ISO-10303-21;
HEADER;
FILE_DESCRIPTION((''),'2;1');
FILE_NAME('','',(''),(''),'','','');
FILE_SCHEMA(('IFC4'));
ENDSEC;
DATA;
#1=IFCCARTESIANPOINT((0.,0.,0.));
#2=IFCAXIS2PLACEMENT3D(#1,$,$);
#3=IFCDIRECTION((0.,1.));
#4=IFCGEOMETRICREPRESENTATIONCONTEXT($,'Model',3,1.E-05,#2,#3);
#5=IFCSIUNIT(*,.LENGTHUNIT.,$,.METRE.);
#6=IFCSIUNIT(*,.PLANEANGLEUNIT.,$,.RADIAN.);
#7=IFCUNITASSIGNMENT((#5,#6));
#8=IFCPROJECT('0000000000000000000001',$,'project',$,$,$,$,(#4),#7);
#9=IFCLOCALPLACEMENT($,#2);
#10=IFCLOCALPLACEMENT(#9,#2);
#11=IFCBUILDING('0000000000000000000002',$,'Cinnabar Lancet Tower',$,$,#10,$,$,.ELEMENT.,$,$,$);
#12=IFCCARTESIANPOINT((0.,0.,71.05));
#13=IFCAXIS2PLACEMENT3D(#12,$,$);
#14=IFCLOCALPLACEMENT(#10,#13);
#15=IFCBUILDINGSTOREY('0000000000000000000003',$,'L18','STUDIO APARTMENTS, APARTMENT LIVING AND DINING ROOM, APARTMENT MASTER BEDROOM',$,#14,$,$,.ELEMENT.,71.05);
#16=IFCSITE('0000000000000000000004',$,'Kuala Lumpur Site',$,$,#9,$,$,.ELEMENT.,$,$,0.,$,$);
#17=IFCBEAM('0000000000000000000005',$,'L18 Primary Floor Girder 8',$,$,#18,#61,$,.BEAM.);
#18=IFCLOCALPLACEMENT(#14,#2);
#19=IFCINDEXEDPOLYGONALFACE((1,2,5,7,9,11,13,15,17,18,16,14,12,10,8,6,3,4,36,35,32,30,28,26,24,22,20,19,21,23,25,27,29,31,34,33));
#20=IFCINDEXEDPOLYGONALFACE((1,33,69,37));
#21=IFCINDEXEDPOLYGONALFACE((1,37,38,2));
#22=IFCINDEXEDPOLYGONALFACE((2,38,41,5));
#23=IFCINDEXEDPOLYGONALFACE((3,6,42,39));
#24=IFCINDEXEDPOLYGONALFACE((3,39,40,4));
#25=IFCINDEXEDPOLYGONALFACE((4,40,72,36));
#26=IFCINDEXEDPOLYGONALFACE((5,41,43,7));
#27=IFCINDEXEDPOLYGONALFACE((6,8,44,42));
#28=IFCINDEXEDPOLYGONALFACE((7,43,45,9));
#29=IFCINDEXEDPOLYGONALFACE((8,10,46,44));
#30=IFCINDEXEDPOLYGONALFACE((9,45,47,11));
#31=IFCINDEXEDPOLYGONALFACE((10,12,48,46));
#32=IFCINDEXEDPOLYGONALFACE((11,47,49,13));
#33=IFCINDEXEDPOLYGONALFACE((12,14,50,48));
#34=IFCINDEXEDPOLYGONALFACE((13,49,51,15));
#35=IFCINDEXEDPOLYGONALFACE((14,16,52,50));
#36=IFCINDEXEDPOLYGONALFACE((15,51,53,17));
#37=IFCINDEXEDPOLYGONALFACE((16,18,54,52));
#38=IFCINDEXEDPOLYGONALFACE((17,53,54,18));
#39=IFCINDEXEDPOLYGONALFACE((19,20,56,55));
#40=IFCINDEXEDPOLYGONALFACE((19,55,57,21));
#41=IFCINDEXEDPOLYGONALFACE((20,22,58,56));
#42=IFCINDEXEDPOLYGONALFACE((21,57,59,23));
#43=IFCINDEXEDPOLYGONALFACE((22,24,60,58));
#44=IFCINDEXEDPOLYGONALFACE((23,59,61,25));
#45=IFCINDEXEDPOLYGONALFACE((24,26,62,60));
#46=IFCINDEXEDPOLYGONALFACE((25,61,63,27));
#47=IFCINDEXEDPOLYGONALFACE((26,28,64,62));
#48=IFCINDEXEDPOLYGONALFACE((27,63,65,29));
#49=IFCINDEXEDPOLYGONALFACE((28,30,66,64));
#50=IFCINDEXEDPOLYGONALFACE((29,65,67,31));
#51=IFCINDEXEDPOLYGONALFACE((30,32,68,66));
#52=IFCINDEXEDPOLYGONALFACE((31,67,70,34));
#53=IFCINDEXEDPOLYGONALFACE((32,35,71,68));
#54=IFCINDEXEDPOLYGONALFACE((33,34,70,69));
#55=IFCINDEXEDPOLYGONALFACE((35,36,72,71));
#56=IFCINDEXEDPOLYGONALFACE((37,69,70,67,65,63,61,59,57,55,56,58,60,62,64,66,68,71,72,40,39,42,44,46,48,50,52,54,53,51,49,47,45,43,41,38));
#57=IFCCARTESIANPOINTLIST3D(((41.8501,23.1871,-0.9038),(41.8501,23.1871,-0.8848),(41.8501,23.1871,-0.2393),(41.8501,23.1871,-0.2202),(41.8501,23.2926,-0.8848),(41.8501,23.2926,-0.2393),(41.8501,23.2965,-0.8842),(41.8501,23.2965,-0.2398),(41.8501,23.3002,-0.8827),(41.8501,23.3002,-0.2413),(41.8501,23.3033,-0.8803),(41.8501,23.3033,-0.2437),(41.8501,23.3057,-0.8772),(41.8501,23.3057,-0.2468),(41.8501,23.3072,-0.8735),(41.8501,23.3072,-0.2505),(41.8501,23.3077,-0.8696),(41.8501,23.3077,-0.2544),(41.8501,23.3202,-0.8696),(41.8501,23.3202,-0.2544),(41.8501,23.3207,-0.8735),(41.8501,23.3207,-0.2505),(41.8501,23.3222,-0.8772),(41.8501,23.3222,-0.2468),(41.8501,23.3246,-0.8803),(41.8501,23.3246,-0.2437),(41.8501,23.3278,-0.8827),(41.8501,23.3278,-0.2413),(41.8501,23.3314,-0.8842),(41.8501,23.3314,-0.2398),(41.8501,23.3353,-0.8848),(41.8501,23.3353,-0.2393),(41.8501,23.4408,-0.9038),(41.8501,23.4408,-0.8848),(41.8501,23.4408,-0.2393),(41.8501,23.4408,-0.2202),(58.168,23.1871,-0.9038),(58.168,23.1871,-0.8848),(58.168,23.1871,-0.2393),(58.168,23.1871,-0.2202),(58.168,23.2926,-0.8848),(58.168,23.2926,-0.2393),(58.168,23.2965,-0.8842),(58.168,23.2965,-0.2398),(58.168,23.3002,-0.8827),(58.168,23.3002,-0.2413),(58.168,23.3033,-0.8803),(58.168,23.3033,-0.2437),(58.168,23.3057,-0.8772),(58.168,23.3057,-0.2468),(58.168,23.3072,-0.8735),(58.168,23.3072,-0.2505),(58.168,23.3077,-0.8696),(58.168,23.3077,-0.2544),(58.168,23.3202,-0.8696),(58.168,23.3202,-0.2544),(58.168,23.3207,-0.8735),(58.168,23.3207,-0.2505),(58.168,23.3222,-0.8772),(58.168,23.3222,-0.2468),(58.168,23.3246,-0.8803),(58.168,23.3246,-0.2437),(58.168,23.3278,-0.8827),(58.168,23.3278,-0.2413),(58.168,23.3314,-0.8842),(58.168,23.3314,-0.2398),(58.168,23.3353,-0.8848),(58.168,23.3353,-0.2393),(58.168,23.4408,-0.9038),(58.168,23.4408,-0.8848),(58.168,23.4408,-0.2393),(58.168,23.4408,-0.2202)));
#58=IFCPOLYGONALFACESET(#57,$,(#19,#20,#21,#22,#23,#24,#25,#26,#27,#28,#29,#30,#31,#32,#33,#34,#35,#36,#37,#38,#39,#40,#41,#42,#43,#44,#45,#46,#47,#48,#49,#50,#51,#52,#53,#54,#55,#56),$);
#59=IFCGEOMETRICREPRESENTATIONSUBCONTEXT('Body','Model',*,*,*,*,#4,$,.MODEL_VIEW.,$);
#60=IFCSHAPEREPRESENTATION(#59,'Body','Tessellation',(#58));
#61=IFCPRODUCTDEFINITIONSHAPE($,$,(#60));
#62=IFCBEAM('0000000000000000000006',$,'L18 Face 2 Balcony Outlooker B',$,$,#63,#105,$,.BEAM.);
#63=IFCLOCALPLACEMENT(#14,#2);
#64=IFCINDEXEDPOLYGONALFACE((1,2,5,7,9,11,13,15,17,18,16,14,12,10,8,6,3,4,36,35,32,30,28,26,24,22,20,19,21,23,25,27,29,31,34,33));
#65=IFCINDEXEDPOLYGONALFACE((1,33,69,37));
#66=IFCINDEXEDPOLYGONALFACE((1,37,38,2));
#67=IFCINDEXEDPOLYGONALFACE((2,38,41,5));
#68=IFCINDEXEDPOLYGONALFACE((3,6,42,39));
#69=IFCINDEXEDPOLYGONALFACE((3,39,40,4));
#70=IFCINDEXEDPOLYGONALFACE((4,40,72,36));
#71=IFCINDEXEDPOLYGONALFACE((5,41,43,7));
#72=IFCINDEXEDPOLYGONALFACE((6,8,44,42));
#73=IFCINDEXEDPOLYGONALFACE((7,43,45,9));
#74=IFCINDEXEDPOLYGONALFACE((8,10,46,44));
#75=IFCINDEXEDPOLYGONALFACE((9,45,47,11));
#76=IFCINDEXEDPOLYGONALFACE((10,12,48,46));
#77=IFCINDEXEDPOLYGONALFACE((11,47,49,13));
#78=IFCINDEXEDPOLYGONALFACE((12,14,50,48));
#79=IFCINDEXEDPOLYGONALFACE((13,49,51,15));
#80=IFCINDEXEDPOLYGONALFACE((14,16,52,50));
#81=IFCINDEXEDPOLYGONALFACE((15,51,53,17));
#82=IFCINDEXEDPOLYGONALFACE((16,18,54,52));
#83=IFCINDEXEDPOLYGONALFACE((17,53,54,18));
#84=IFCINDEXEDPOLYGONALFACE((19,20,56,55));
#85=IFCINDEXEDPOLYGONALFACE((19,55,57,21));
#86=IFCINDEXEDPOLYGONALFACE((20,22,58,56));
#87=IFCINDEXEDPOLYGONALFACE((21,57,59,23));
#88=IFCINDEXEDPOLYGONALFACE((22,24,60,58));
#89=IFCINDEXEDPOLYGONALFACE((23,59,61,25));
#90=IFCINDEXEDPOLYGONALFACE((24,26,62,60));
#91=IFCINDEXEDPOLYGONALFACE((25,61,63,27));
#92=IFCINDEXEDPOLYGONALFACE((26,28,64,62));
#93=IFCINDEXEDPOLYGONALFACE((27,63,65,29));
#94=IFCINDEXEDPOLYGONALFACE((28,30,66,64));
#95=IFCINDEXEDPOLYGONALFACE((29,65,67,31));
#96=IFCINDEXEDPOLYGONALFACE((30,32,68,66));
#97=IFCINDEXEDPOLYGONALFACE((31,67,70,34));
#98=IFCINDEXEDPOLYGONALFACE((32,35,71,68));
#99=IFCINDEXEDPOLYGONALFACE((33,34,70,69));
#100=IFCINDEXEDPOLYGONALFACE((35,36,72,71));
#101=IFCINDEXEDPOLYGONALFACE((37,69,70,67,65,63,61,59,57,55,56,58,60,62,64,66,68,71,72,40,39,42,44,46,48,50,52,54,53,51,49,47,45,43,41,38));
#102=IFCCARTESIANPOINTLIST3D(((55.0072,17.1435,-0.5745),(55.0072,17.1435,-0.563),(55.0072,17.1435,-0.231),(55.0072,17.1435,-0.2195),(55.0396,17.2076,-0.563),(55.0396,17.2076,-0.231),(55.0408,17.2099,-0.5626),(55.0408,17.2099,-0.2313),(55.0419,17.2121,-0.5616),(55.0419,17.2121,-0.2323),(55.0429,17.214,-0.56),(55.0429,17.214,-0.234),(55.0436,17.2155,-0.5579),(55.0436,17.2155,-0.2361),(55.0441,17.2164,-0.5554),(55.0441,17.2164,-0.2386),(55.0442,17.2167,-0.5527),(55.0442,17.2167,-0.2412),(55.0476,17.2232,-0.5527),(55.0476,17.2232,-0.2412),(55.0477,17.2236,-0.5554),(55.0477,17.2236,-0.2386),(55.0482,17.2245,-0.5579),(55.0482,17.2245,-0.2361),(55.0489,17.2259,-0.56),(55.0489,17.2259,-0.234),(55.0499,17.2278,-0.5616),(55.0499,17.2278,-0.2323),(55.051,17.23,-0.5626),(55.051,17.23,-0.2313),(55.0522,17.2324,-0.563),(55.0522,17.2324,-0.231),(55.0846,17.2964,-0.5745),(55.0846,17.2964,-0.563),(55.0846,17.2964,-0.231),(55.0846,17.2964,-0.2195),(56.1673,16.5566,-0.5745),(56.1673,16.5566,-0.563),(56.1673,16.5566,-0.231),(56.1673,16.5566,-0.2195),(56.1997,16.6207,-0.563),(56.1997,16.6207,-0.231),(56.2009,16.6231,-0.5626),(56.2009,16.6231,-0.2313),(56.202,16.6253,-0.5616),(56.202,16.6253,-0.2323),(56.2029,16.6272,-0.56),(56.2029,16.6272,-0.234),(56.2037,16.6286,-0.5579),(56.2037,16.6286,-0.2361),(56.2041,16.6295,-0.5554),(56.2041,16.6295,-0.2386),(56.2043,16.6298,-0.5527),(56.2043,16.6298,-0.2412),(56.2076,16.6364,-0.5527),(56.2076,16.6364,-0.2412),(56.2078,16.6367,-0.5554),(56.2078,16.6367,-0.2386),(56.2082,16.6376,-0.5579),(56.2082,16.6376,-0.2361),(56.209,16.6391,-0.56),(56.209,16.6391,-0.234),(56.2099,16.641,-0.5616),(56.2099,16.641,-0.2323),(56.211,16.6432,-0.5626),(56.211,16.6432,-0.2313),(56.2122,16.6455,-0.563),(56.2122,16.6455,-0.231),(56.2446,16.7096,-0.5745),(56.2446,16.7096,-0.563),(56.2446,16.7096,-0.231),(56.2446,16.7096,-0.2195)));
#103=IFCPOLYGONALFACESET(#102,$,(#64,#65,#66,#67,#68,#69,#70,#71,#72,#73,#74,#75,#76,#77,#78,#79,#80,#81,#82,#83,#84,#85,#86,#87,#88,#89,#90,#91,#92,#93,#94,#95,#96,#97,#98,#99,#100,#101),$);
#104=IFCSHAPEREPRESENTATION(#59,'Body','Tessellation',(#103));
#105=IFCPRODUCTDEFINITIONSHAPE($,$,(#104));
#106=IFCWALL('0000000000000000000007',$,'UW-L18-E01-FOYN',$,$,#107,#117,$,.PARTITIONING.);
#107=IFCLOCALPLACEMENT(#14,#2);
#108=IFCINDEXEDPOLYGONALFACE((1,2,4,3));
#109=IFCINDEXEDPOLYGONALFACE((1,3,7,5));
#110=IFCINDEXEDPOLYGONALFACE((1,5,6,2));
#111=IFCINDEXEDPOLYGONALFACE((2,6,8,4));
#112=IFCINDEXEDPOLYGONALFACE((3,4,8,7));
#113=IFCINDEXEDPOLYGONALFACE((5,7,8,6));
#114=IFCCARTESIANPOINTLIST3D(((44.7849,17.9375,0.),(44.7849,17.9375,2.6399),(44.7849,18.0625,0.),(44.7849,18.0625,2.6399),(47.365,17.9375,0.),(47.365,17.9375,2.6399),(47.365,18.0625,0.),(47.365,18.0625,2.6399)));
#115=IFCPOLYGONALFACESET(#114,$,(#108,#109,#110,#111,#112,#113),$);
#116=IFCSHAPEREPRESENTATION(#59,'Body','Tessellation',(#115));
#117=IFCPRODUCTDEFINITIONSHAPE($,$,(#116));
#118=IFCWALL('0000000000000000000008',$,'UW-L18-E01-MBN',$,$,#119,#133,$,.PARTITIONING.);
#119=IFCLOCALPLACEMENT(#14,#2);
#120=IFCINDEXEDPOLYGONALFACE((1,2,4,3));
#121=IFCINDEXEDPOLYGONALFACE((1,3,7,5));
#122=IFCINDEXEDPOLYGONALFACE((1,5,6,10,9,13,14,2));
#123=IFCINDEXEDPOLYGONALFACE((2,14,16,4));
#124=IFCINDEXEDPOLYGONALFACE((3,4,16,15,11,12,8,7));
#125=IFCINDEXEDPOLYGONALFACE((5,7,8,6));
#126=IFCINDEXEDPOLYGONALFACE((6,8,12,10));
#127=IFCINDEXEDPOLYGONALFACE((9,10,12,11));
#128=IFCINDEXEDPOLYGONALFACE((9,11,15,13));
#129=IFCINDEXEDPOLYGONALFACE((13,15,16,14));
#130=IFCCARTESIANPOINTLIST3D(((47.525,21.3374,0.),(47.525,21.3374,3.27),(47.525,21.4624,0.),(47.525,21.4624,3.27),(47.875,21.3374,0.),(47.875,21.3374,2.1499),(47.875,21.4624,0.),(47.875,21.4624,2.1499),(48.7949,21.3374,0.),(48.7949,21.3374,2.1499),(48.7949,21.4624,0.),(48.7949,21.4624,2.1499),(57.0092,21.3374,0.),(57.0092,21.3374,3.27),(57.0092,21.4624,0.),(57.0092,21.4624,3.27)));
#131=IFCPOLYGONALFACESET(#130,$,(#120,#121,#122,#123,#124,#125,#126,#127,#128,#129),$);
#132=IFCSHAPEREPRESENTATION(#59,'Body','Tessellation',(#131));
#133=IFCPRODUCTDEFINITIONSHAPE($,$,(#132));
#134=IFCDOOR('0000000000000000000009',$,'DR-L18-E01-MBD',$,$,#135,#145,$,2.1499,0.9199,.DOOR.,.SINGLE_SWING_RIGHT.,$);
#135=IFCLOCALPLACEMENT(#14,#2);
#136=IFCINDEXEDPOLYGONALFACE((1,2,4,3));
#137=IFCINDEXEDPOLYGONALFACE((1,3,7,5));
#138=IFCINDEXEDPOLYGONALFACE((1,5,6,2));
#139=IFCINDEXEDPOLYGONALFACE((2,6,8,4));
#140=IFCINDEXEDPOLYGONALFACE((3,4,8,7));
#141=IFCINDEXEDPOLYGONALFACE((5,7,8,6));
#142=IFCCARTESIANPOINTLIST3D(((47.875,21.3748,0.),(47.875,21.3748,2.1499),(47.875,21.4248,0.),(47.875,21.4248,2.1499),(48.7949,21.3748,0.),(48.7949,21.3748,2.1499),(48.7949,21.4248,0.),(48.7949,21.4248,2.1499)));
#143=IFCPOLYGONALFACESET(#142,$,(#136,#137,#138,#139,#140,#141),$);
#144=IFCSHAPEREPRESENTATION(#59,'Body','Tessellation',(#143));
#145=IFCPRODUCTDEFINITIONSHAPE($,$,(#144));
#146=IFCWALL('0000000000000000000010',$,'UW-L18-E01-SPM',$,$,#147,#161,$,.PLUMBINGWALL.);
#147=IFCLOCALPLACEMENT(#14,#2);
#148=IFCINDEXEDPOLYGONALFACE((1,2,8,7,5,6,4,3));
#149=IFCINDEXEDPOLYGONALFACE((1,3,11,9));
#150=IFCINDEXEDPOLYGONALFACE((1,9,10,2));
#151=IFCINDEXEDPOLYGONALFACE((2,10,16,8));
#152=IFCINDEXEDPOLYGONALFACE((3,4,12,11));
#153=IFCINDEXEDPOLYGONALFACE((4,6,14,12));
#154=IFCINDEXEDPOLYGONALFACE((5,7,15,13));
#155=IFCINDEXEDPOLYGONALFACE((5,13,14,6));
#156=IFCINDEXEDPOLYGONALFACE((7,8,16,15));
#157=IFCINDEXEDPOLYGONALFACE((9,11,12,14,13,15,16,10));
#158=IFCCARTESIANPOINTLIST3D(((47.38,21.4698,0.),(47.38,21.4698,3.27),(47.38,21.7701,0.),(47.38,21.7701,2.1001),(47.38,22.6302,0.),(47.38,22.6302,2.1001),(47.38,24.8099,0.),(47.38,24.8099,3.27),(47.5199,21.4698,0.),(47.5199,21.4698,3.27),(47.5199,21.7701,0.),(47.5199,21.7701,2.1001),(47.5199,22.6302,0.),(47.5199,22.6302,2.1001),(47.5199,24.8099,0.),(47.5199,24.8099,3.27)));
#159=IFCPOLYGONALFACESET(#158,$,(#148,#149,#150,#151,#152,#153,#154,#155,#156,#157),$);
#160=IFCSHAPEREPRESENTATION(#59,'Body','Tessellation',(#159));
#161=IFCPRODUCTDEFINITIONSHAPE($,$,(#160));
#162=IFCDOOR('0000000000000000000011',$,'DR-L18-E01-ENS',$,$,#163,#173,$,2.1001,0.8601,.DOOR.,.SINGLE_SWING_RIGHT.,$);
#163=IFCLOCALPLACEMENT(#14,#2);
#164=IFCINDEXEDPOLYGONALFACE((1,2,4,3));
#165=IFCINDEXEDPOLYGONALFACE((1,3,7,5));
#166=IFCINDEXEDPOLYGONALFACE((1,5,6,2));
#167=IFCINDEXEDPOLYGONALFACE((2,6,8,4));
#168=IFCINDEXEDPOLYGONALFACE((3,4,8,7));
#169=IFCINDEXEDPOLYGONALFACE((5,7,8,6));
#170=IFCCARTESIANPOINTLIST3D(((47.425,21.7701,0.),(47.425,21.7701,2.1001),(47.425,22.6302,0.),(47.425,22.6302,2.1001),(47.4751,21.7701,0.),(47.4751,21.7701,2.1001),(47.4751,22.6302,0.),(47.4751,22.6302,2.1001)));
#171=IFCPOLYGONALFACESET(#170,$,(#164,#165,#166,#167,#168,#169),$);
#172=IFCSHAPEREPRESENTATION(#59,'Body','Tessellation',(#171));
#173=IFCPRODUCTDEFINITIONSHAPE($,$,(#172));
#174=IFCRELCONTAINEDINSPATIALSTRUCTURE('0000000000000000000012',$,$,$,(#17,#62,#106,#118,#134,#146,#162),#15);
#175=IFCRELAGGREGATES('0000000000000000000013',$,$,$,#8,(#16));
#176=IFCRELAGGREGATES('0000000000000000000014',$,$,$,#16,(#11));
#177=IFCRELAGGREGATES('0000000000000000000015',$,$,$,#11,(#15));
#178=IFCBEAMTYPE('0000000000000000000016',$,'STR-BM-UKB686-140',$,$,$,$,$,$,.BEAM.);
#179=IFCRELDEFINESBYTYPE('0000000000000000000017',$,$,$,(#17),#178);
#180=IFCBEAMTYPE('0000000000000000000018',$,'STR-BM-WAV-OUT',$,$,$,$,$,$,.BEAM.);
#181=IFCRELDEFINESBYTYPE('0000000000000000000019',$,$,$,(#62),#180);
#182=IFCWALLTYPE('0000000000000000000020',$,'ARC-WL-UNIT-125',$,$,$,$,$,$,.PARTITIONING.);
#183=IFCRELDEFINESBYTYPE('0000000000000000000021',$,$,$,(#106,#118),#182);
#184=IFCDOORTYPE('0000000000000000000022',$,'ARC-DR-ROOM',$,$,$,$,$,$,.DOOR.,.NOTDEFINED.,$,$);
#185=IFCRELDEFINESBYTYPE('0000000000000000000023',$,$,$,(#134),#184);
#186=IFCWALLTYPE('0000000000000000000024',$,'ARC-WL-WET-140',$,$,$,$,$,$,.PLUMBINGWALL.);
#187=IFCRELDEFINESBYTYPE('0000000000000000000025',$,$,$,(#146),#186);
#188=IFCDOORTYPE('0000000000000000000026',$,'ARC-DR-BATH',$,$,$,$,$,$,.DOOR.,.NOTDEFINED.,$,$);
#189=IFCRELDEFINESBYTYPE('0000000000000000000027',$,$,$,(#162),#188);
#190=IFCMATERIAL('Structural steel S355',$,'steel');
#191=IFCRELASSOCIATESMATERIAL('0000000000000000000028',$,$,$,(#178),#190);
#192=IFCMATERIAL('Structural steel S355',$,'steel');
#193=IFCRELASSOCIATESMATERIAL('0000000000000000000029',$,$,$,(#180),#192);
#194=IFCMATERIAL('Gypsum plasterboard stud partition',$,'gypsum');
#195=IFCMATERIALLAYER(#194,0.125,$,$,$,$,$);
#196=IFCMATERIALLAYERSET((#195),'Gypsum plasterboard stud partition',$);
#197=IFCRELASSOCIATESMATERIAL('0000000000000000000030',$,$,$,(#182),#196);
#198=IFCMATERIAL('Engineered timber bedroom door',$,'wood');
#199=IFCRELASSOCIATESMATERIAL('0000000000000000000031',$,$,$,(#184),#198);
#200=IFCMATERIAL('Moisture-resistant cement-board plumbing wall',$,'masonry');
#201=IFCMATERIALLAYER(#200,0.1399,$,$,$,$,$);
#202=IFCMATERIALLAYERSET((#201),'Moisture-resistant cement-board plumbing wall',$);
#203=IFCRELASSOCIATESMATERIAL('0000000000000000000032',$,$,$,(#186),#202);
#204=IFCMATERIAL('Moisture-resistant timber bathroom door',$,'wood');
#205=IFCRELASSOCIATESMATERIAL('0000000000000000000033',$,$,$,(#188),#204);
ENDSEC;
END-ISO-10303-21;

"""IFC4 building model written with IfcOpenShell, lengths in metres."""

from ifc_helpers import new_model, si_unit, direction, frame, frame_2d, origin, origin_2d, place, context, subcontext, project, spatial, rectangle, i_section, extrude, material, layer, layer_set, material_profile, profile_set, type_object, element, fill, save


model = new_model("IFC4")

# Units and contexts
model_context = context("Model", 3, precision=1e-05, world=origin(), true_north=direction((0.0, 1.0)))
body_context = subcontext(model_context, "Body", "Model", "MODEL_VIEW")
ifc_project = project(units=[si_unit("LENGTHUNIT", "METRE"), si_unit("PLANEANGLEUNIT", "RADIAN")], contexts=[model_context])

# Site, building, storey
site_placement = place(None, origin())
site = spatial("IfcSite", under=ifc_project, at=site_placement, Name="Kuala Lumpur Site", CompositionType="ELEMENT", RefElevation=0.0)
building_placement = place(site_placement, origin())
building = spatial("IfcBuilding", under=site, at=building_placement, Name="Cinnabar Lancet Tower", CompositionType="ELEMENT")
storey_placement = place(building_placement, frame((0.0, 0.0, 71.05)))
storey = spatial("IfcBuildingStorey", under=building, at=storey_placement, Name="L18", Description="STUDIO APARTMENTS, APARTMENT LIVING AND DINING ROOM, APARTMENT MASTER BEDROOM", CompositionType="ELEMENT", Elevation=71.05)

# Beams
ifc_material_1 = material(Name="Structural steel S355", Category="steel")
ifc_material_profile_1 = material_profile(ifc_material_1, i_section(OverallWidth=0.2537, OverallDepth=0.6836, WebThickness=0.0125, FlangeThickness=0.019, FilletRadius=0.0151, at=origin_2d()), Name="UKB 686x254x140")
ifc_profile_set_1 = profile_set([ifc_material_profile_1], Name="Structural steel S355")
beam_type_1 = type_object("IfcBeamType", Name="STR-BM-UKB686-140", PredefinedType="BEAM", material=ifc_profile_set_1)
beam_1_placement = place(storey_placement, frame((58.168, 23.314, -0.562), z_axis=(-1.0, 0.0, 0.0), x_axis=(0.0, -1.0, 0.0)))
element("IfcBeam", 1, at=beam_1_placement, inside=storey, type_object=beam_type_1, Name="L18 Primary Floor Girder 8", PredefinedType="BEAM", context=body_context, shape_type="SweptSolid", body=[
    extrude(i_section(OverallWidth=0.2537, OverallDepth=0.6836, WebThickness=0.0125, FlangeThickness=0.019, FilletRadius=0.0151, at=origin_2d()), origin(), (0.0, 0.0, 1.0), 16.3179),
])
ifc_material_2 = material(Name="Structural steel S355", Category="steel")
ifc_material_profile_2 = material_profile(ifc_material_2, i_section(OverallWidth=0.1714, OverallDepth=0.355, WebThickness=0.0073, FlangeThickness=0.0115, FilletRadius=0.0103, at=origin_2d()), Name="UKB 356x171x51")
ifc_profile_set_2 = profile_set([ifc_material_profile_2], Name="Structural steel S355")
beam_type_2 = type_object("IfcBeamType", Name="STR-BM-WAV-OUT", PredefinedType="BEAM", material=ifc_profile_set_2)
beam_2_placement = place(storey_placement, frame((55.0459, 17.22, -0.397), z_axis=(0.892314, -0.451415, 0.0), x_axis=(0.451415, 0.892314, 0.0)))
element("IfcBeam", 2, at=beam_2_placement, inside=storey, type_object=beam_type_2, Name="L18 Face 2 Balcony Outlooker B", PredefinedType="BEAM", context=body_context, shape_type="SweptSolid", body=[
    extrude(i_section(OverallWidth=0.1714, OverallDepth=0.355, WebThickness=0.0073, FlangeThickness=0.0115, FilletRadius=0.0103, at=origin_2d()), origin(), (0.0, 0.0, 1.0), 1.3),
])

# Wall
ifc_material_3 = material(Name="Gypsum plasterboard stud partition", Category="gypsum")
ifc_layer_1 = layer(ifc_material_3, 0.125)
ifc_layer_set_1 = layer_set([ifc_layer_1], Name="Gypsum plasterboard stud partition")
wall_type_1 = type_object("IfcWallType", Name="ARC-WL-UNIT-125", PredefinedType="PARTITIONING", material=ifc_layer_set_1)
wall_1_placement = place(storey_placement, frame((44.7849, 18.0, 0.0), z_axis=(0.0, 0.0, 1.0), x_axis=(1.0, 0.0, 0.0)))
element("IfcWall", 3, at=wall_1_placement, inside=storey, type_object=wall_type_1, Name="UW-L18-E01-FOYN", PredefinedType="PARTITIONING", context=body_context, shape_type="SweptSolid", body=[
    extrude(rectangle(XDim=2.5801, YDim=0.125, at=frame_2d((1.29, 0.0))), origin(), (0.0, 0.0, 1.0), 2.6399),
])

# Wall, opening, door
wall_2_placement = place(storey_placement, frame((47.5249, 21.3999, 0.0), z_axis=(0.0, 0.0, 1.0), x_axis=(1.0, 0.0, 0.0)))
wall_2 = element("IfcWall", 4, at=wall_2_placement, inside=storey, type_object=wall_type_1, Name="UW-L18-E01-MBN", PredefinedType="PARTITIONING", context=body_context, shape_type="SweptSolid", body=[
    extrude(rectangle(XDim=9.4841, YDim=0.125, at=frame_2d((4.7422, 0.0))), origin(), (0.0, 0.0, 1.0), 3.27),
])
opening_1_placement = place(wall_2_placement, frame((0.3501, 0.0, 0.0)))
opening_1 = element("IfcOpeningElement", 5, at=opening_1_placement, cuts=wall_2, PredefinedType="OPENING", context=body_context, shape_type="SweptSolid", body=[
    extrude(rectangle(XDim=0.9199, YDim=2.1499, at=frame_2d((0.46, 1.075))), frame((0.0, 0.0725, 0.0), z_axis=(0.0, -1.0, 0.0), x_axis=(1.0, 0.0, 0.0)), (0.0, 0.0, 1.0), 0.145),
])
ifc_material_4 = material(Name="Engineered timber bedroom door", Category="wood")
door_type_1 = type_object("IfcDoorType", Name="ARC-DR-ROOM", OperationType="NOTDEFINED", PredefinedType="DOOR", material=ifc_material_4)
door_1_placement = place(opening_1_placement, origin())
door_1 = element("IfcDoor", 6, at=door_1_placement, inside=storey, type_object=door_type_1, Name="DR-L18-E01-MBD", OperationType="SINGLE_SWING_RIGHT", OverallHeight=2.1499, OverallWidth=0.9199, PredefinedType="DOOR", context=body_context, shape_type="SweptSolid", body=[
    extrude(rectangle(XDim=0.9199, YDim=2.1499, at=frame_2d((0.46, 1.075))), frame((0.0, 0.0249, 0.0), z_axis=(0.0, -1.0, 0.0), x_axis=(1.0, 0.0, 0.0)), (0.0, 0.0, 1.0), 0.05),
])
fill(opening_1, door_1)

# Shared definitions
ifc_material_5 = material(Name="Moisture-resistant cement-board plumbing wall", Category="masonry")
ifc_layer_2 = layer(ifc_material_5, 0.1399)
ifc_layer_set_2 = layer_set([ifc_layer_2], Name="Moisture-resistant cement-board plumbing wall")
wall_type_2 = type_object("IfcWallType", Name="ARC-WL-WET-140", PredefinedType="PLUMBINGWALL", material=ifc_layer_set_2)
ifc_material_6 = material(Name="Moisture-resistant timber bathroom door", Category="wood")
door_type_2 = type_object("IfcDoorType", Name="ARC-DR-BATH", OperationType="NOTDEFINED", PredefinedType="DOOR", material=ifc_material_6)

# Wall, opening, door
wall_3_placement = place(storey_placement, frame((47.45, 21.47, 0.0), z_axis=(0.0, 0.0, 1.0), x_axis=(0.0, 1.0, 0.0)))
wall_3 = element("IfcWall", 7, at=wall_3_placement, inside=storey, type_object=wall_type_2, Name="UW-L18-E01-SPM", PredefinedType="PLUMBINGWALL", context=body_context, shape_type="SweptSolid", body=[
    extrude(rectangle(XDim=3.3401, YDim=0.1399, at=frame_2d((1.6699, 0.0))), origin(), (0.0, 0.0, 1.0), 3.27),
])
opening_2_placement = place(wall_3_placement, frame((0.3, 0.0, 0.0)))
opening_2 = element("IfcOpeningElement", 8, at=opening_2_placement, cuts=wall_3, PredefinedType="OPENING", context=body_context, shape_type="SweptSolid", body=[
    extrude(rectangle(XDim=0.8601, YDim=2.1001, at=frame_2d((0.4302, 1.05))), frame((0.0, 0.0798, 0.0), z_axis=(0.0, -1.0, 0.0), x_axis=(1.0, 0.0, 0.0)), (0.0, 0.0, 1.0), 0.1599),
])
door_2_placement = place(opening_2_placement, origin())
door_2 = element("IfcDoor", 9, at=door_2_placement, inside=storey, type_object=door_type_2, Name="DR-L18-E01-ENS", OperationType="SINGLE_SWING_RIGHT", OverallHeight=2.1001, OverallWidth=0.8601, PredefinedType="DOOR", context=body_context, shape_type="SweptSolid", body=[
    extrude(rectangle(XDim=0.8601, YDim=2.1001, at=frame_2d((0.4302, 1.05))), frame((0.0, 0.0249, 0.0), z_axis=(0.0, -1.0, 0.0), x_axis=(1.0, 0.0, 0.0)), (0.0, 0.0, 1.0), 0.05),
])
fill(opening_2, door_2)

save(model, "model.ifc")
